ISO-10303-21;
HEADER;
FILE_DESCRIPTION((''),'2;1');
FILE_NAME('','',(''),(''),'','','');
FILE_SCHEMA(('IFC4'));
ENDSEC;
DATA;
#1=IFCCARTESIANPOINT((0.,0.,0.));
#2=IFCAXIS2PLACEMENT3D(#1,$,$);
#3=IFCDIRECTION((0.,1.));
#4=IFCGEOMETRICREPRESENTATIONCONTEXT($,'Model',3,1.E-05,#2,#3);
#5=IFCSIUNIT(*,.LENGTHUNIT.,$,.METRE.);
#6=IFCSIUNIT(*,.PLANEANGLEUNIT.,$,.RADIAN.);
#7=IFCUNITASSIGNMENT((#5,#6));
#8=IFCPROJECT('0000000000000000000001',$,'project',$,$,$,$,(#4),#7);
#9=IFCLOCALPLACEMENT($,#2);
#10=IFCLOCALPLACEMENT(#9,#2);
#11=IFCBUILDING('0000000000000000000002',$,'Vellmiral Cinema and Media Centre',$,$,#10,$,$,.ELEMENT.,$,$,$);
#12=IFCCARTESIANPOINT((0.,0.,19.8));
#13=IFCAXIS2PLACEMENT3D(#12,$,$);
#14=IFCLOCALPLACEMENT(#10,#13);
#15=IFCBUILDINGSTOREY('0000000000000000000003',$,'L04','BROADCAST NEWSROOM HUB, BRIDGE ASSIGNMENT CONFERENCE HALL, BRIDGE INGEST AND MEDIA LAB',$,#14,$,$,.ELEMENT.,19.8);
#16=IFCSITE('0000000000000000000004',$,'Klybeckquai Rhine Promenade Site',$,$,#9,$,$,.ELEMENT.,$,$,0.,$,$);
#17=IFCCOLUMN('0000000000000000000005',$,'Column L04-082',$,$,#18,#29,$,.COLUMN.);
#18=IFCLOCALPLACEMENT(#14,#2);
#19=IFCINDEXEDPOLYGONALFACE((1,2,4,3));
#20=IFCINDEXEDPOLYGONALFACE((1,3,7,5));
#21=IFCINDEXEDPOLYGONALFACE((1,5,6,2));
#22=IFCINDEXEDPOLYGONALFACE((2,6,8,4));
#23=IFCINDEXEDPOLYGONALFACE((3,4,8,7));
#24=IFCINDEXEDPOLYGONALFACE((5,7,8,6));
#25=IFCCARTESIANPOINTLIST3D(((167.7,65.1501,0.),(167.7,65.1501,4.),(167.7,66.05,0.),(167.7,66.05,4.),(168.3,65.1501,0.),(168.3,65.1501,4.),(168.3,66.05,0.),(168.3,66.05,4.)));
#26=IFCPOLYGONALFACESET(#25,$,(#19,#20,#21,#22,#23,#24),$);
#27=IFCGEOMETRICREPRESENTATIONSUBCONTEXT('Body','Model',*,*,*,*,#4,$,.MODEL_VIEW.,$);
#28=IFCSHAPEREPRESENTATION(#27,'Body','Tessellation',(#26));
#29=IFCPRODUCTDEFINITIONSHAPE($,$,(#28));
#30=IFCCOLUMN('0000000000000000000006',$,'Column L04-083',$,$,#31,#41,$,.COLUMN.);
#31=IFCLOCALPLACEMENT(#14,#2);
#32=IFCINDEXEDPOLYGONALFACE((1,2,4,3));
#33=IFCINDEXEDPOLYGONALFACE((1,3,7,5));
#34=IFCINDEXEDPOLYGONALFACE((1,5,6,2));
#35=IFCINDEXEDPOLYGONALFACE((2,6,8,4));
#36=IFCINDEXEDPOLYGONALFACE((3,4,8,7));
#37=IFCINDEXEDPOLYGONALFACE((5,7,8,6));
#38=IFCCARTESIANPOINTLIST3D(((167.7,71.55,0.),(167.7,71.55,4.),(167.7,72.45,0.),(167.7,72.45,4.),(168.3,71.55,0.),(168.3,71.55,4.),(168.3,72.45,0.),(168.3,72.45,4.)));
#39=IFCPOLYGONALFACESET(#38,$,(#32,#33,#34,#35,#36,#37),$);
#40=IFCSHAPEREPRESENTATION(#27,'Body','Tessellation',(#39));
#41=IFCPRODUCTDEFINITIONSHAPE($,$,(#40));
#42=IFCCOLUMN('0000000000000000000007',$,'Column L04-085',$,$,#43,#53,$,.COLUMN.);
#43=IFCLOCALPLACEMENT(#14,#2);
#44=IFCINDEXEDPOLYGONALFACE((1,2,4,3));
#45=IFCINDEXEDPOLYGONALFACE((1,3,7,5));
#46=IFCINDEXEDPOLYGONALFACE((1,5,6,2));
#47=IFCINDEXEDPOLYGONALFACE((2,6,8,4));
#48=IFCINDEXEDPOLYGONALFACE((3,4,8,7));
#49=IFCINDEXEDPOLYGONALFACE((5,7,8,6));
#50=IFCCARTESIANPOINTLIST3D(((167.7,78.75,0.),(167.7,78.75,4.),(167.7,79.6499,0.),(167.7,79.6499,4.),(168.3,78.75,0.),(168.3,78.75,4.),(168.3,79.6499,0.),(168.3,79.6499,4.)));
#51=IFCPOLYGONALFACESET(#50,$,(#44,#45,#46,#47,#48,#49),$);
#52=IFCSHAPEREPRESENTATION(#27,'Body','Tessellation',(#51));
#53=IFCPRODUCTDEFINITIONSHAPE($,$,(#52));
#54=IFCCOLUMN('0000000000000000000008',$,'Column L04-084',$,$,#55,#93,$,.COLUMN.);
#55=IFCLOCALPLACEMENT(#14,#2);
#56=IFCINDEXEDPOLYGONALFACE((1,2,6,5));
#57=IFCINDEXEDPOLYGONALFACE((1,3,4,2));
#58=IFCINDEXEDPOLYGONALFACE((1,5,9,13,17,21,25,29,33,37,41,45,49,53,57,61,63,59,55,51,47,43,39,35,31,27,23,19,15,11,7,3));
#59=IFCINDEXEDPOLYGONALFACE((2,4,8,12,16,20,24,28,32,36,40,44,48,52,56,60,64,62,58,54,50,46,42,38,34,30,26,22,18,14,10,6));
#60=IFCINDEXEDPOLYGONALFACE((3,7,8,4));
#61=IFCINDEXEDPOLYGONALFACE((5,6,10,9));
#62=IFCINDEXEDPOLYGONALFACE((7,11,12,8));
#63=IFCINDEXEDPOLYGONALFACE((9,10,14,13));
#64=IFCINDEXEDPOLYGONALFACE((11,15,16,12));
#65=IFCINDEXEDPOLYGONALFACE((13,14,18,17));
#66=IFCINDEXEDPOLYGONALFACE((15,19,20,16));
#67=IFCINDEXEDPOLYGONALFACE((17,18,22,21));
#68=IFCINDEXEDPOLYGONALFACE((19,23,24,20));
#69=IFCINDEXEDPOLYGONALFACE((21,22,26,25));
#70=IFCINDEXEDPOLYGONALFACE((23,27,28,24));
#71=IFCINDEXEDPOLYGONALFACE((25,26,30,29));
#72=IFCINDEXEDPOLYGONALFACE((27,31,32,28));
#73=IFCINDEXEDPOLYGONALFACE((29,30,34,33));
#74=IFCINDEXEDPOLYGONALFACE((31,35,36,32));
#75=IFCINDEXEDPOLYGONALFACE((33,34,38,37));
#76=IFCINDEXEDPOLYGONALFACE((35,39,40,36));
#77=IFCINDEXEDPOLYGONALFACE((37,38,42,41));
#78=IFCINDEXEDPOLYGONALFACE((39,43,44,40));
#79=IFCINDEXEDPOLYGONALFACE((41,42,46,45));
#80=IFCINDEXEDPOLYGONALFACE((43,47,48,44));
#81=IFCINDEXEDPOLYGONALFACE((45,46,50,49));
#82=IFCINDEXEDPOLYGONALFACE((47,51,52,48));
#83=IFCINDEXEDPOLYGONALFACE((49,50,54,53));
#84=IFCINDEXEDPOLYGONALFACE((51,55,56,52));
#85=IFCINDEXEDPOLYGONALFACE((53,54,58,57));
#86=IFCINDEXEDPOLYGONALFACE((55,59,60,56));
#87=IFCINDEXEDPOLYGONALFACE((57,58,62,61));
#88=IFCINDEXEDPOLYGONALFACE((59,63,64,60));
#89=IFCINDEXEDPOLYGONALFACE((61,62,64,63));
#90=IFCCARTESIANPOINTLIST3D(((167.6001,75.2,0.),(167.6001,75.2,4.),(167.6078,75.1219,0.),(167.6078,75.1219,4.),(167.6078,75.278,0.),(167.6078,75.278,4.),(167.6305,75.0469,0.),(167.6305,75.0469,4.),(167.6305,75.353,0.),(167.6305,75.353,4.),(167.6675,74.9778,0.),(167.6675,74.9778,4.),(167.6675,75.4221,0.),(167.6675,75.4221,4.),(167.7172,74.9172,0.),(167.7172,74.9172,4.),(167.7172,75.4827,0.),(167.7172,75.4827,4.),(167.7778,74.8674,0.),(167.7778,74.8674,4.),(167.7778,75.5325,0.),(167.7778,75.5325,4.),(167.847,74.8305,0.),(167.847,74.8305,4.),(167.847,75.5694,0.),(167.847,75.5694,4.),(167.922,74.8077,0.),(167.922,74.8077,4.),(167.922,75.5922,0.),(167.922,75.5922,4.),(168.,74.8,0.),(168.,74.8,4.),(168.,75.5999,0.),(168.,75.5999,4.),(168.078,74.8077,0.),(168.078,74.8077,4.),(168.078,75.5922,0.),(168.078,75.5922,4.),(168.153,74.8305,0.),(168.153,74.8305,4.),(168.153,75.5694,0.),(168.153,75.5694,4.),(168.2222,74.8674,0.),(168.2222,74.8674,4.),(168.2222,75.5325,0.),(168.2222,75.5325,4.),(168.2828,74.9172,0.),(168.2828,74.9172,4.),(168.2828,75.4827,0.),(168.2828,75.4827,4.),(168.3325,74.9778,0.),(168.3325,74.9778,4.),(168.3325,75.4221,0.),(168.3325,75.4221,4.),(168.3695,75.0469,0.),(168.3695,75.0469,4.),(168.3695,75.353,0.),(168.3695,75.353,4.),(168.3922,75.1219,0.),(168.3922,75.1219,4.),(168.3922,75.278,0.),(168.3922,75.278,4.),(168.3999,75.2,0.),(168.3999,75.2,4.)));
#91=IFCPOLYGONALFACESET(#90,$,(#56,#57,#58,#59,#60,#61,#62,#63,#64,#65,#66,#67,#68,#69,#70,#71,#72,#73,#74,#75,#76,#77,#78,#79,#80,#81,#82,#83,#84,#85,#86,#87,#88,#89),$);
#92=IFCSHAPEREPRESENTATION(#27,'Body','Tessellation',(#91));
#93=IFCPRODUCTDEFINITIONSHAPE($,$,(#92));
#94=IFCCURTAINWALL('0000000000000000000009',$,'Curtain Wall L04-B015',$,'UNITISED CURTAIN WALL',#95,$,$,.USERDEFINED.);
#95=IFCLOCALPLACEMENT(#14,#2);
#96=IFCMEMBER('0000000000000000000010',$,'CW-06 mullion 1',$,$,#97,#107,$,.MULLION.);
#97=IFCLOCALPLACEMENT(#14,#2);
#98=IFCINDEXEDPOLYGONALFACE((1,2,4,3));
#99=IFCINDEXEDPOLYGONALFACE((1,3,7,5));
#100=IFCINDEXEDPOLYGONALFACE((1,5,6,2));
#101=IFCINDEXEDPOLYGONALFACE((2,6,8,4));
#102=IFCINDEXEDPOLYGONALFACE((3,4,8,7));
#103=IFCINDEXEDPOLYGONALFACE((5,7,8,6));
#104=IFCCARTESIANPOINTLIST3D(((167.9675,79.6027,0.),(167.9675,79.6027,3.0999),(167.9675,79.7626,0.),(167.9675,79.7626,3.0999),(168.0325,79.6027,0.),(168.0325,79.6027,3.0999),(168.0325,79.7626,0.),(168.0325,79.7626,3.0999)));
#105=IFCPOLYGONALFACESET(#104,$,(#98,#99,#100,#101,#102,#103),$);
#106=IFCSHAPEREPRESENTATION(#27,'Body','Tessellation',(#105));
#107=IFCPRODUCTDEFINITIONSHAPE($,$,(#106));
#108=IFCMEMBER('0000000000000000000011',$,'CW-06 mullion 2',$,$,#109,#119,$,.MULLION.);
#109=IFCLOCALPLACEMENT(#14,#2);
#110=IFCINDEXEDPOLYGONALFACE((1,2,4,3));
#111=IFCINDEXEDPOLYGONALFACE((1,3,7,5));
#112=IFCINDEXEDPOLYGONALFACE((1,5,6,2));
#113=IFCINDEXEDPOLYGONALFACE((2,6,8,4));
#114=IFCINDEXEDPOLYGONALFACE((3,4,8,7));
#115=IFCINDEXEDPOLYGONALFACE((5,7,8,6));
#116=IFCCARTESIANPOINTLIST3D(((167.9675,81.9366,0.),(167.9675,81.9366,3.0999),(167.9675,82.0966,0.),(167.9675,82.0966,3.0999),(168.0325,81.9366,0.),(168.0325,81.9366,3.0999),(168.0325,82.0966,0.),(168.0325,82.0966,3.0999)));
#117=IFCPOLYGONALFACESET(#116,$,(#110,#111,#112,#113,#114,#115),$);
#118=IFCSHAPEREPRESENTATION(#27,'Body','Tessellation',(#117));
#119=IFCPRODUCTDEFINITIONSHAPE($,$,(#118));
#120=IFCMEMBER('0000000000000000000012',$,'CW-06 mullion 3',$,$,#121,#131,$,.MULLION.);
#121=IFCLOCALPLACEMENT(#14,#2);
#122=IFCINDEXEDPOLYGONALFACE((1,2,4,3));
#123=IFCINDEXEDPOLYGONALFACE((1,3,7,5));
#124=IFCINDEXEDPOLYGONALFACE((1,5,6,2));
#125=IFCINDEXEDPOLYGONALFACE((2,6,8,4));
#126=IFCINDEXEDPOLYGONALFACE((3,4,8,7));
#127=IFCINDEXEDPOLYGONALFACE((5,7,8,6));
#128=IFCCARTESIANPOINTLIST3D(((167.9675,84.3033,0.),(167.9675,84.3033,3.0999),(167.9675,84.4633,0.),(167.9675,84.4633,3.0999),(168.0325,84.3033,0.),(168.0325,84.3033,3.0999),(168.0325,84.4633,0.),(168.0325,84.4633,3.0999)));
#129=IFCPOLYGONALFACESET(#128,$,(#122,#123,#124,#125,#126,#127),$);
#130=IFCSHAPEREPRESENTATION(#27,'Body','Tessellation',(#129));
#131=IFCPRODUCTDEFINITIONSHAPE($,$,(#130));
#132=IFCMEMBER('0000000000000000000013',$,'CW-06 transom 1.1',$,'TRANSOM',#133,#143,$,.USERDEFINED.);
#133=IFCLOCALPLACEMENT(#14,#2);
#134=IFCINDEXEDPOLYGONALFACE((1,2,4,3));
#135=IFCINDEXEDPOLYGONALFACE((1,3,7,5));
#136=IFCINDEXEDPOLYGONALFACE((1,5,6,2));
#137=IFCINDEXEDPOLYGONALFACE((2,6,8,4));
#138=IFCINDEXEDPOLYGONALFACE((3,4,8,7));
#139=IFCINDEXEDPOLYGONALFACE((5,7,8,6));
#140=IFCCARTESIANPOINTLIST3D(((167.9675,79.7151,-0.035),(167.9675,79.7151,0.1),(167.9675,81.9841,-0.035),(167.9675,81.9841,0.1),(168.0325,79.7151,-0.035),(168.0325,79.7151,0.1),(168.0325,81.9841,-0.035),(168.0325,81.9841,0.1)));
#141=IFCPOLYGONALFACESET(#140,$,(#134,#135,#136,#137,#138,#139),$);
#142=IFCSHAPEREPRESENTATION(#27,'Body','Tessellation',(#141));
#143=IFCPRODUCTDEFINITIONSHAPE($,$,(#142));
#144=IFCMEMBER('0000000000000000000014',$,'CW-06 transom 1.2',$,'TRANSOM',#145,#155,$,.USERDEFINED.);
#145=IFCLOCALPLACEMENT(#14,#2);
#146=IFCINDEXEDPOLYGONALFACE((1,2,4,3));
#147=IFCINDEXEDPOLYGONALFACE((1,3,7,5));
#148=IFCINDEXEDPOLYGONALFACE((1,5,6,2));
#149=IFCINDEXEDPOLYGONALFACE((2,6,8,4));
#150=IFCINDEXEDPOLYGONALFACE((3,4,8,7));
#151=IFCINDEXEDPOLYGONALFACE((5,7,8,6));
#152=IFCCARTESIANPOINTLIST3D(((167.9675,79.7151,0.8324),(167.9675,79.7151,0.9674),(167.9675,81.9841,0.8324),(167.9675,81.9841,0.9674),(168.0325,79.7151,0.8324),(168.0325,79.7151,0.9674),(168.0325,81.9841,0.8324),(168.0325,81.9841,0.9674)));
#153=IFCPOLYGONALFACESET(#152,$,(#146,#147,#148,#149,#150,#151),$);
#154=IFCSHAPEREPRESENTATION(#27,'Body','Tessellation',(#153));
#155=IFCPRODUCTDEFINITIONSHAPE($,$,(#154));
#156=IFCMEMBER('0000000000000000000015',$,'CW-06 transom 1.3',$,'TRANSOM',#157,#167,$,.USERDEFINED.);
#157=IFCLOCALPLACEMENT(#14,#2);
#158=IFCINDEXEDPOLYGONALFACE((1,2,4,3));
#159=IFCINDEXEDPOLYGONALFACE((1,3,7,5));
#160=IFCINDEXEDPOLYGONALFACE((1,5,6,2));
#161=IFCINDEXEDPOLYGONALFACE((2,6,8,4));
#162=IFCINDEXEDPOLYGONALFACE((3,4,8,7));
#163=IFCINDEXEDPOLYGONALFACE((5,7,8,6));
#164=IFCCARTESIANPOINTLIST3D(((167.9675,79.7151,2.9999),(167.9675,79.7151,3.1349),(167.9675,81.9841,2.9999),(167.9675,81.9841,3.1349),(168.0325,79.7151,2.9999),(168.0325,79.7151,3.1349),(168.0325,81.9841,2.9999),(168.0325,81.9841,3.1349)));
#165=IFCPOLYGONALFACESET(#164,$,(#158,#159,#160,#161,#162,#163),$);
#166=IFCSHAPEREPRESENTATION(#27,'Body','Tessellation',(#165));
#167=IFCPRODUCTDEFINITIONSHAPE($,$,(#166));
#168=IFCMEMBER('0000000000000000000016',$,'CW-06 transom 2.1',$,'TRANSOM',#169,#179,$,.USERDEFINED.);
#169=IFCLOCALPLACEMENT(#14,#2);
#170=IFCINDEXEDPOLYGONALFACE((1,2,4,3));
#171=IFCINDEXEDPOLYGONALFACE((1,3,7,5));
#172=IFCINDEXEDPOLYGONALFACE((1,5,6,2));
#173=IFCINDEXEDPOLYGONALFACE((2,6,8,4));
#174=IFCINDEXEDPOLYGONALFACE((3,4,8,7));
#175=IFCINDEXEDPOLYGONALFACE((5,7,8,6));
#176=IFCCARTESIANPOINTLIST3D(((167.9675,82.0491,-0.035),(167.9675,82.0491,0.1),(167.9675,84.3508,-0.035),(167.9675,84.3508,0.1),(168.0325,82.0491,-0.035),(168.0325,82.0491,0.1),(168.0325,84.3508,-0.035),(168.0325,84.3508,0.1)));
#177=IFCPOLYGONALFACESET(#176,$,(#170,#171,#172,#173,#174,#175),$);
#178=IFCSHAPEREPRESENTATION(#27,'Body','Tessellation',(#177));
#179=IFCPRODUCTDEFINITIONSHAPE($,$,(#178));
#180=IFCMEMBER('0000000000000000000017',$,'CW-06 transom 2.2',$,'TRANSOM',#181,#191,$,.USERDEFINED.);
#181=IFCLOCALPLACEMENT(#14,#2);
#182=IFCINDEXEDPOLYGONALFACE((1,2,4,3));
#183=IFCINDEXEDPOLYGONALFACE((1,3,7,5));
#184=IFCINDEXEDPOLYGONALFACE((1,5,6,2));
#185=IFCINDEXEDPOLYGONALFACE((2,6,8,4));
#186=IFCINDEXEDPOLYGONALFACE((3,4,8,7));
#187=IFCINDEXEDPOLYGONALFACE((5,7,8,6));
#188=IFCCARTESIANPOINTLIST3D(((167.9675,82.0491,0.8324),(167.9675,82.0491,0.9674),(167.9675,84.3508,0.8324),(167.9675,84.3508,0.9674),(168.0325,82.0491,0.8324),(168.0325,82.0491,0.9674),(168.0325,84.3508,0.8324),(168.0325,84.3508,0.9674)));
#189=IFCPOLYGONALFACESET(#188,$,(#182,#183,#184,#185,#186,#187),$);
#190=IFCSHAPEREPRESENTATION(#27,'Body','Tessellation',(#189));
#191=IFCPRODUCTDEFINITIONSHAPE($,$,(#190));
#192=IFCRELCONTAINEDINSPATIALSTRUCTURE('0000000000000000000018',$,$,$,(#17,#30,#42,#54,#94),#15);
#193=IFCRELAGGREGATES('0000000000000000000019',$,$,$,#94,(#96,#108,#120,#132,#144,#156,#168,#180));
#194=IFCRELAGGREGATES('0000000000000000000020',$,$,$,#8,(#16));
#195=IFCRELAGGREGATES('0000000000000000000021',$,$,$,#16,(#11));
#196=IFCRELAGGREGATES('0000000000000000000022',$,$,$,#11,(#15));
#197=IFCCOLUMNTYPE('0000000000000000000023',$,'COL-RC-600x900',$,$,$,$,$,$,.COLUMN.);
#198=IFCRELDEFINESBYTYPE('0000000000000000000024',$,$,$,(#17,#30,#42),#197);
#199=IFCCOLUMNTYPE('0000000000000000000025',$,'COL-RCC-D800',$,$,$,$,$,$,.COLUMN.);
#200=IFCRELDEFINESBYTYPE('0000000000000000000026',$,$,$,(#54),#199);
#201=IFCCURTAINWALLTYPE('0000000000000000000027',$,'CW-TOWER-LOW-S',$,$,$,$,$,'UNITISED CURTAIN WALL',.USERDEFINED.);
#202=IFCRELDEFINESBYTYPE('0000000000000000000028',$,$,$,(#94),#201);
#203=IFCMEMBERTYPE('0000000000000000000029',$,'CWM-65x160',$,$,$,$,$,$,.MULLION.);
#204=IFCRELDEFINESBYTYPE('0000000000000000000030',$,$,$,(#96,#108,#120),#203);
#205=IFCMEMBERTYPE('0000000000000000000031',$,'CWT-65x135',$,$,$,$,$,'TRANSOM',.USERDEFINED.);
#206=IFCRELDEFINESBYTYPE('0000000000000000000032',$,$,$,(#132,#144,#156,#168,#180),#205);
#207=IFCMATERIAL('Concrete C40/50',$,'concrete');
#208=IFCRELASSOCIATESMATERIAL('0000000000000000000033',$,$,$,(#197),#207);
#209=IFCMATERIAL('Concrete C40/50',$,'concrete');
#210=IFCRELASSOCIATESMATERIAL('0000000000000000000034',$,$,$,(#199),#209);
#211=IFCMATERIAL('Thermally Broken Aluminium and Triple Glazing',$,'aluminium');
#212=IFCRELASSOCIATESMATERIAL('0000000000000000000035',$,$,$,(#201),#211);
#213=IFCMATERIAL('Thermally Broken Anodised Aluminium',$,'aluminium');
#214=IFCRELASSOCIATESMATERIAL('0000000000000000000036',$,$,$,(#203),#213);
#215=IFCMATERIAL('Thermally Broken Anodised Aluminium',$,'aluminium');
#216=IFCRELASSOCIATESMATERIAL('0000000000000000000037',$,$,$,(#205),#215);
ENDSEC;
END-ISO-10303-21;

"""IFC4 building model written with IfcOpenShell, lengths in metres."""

from ifc_helpers import new_model, si_unit, direction, frame, origin, origin_2d, place, context, subcontext, project, spatial, rectangle, circle, extrude, material, material_profile, profile_set, type_object, element, aggregate, save


model = new_model("IFC4")

# Units and contexts
model_context = context("Model", 3, precision=1e-05, world=origin(), true_north=direction((0.0, 1.0)))
body_context = subcontext(model_context, "Body", "Model", "MODEL_VIEW")
ifc_project = project(units=[si_unit("LENGTHUNIT", "METRE"), si_unit("PLANEANGLEUNIT", "RADIAN")], contexts=[model_context])

# Site, building, storey
site_placement = place(None, origin())
site = spatial("IfcSite", under=ifc_project, at=site_placement, Name="Klybeckquai Rhine Promenade Site", CompositionType="ELEMENT", RefElevation=0.0)
building_placement = place(site_placement, origin())
building = spatial("IfcBuilding", under=site, at=building_placement, Name="Vellmiral Cinema and Media Centre", CompositionType="ELEMENT")
storey_placement = place(building_placement, frame((0.0, 0.0, 19.8)))
storey = spatial("IfcBuildingStorey", under=building, at=storey_placement, Name="L04", Description="BROADCAST NEWSROOM HUB, BRIDGE ASSIGNMENT CONFERENCE HALL, BRIDGE INGEST AND MEDIA LAB", CompositionType="ELEMENT", Elevation=19.8)

# Columns
ifc_material_1 = material(Name="Concrete C40/50", Category="concrete")
ifc_material_profile_1 = material_profile(ifc_material_1, rectangle(XDim=0.6001, YDim=0.8999, at=origin_2d()), Name="RC 600x900")
ifc_profile_set_1 = profile_set([ifc_material_profile_1], Name="Concrete C40/50")
column_type_1 = type_object("IfcColumnType", Name="COL-RC-600x900", PredefinedType="COLUMN", material=ifc_profile_set_1)
for number, where, z_axis, x_axis, name in (
    (1, (168.0, 65.6001, 0.0), (0.0, 0.0, 1.0), (1.0, 0.0, 0.0), "Column L04-082"),
    (2, (168.0, 72.0, 0.0), (0.0, 0.0, 1.0), (1.0, 0.0, 0.0), "Column L04-083"),
    (3, (168.0, 79.2, 0.0), (0.0, 0.0, 1.0), (1.0, 0.0, 0.0), "Column L04-085"),
):
    element("IfcColumn", number, at=place(storey_placement, frame(where, z_axis=z_axis, x_axis=x_axis)), inside=storey, type_object=column_type_1, Name=name, PredefinedType="COLUMN", context=body_context, shape_type="SweptSolid", body=[
        extrude(rectangle(XDim=0.6001, YDim=0.8999, at=origin_2d()), origin(), (0.0, 0.0, 1.0), 4.0),
    ])
ifc_material_2 = material(Name="Concrete C40/50", Category="concrete")
ifc_material_profile_2 = material_profile(ifc_material_2, circle(Radius=0.3999, at=origin_2d()), Name="RC D800")
ifc_profile_set_2 = profile_set([ifc_material_profile_2], Name="Concrete C40/50")
column_type_2 = type_object("IfcColumnType", Name="COL-RCC-D800", PredefinedType="COLUMN", material=ifc_profile_set_2)
column_placement = place(storey_placement, frame((168.0, 75.2, 0.0), z_axis=(0.0, 0.0, 1.0), x_axis=(1.0, 0.0, 0.0)))
element("IfcColumn", 4, at=column_placement, inside=storey, type_object=column_type_2, Name="Column L04-084", PredefinedType="COLUMN", context=body_context, shape_type="SweptSolid", body=[
    extrude(circle(Radius=0.3999, at=origin_2d()), origin(), (0.0, 0.0, 1.0), 4.0),
])

# Curtain wall, members
ifc_material_3 = material(Name="Thermally Broken Aluminium and Triple Glazing", Category="aluminium")
curtain_wall_type = type_object("IfcCurtainWallType", Name="CW-TOWER-LOW-S", ElementType="UNITISED CURTAIN WALL", PredefinedType="USERDEFINED", material=ifc_material_3)
curtain_wall_placement = place(storey_placement, origin())
curtain_wall = element("IfcCurtainWall", 5, at=curtain_wall_placement, inside=storey, type_object=curtain_wall_type, Name="Curtain Wall L04-B015", ObjectType="UNITISED CURTAIN WALL", PredefinedType="USERDEFINED")
ifc_material_4 = material(Name="Thermally Broken Anodised Aluminium", Category="aluminium")
ifc_material_profile_3 = material_profile(ifc_material_4, rectangle(XDim=0.0649, YDim=0.1599, at=origin_2d()), Name="MULL 65x160")
ifc_profile_set_3 = profile_set([ifc_material_profile_3], Name="Thermally Broken Anodised Aluminium")
member_type_1 = type_object("IfcMemberType", Name="CWM-65x160", PredefinedType="MULLION", material=ifc_profile_set_3)
member_1_placement = place(storey_placement, frame((168.0, 79.6826, 0.0), z_axis=(0.0, 0.0, 1.0), x_axis=(-1.0, 0.0, 0.0)))
member_1 = element("IfcMember", 6, at=member_1_placement, type_object=member_type_1, Name="CW-06 mullion 1", PredefinedType="MULLION", context=body_context, shape_type="SweptSolid", body=[
    extrude(rectangle(XDim=0.0649, YDim=0.1599, at=origin_2d()), origin(), (0.0, 0.0, 1.0), 3.0999),
])
member_2_placement = place(storey_placement, frame((168.0, 82.0166, 0.0), z_axis=(0.0, 0.0, 1.0), x_axis=(-1.0, 0.0, 0.0)))
member_2 = element("IfcMember", 7, at=member_2_placement, type_object=member_type_1, Name="CW-06 mullion 2", PredefinedType="MULLION", context=body_context, shape_type="SweptSolid", body=[
    extrude(rectangle(XDim=0.0649, YDim=0.1599, at=origin_2d()), origin(), (0.0, 0.0, 1.0), 3.0999),
])
member_3_placement = place(storey_placement, frame((168.0, 84.3833, 0.0), z_axis=(0.0, 0.0, 1.0), x_axis=(-1.0, 0.0, 0.0)))
member_3 = element("IfcMember", 8, at=member_3_placement, type_object=member_type_1, Name="CW-06 mullion 3", PredefinedType="MULLION", context=body_context, shape_type="SweptSolid", body=[
    extrude(rectangle(XDim=0.0649, YDim=0.1599, at=origin_2d()), origin(), (0.0, 0.0, 1.0), 3.0999),
])
ifc_material_5 = material(Name="Thermally Broken Anodised Aluminium", Category="aluminium")
ifc_material_profile_4 = material_profile(ifc_material_5, rectangle(XDim=0.0649, YDim=0.135, at=origin_2d()), Name="MULL 65x135")
ifc_profile_set_4 = profile_set([ifc_material_profile_4], Name="Thermally Broken Anodised Aluminium")
member_type_2 = type_object("IfcMemberType", Name="CWT-65x135", ElementType="TRANSOM", PredefinedType="USERDEFINED", material=ifc_profile_set_4)
member_4_placement = place(storey_placement, frame((168.0, 79.7151, 0.0325), z_axis=(0.0, 1.0, 0.0), x_axis=(-1.0, 0.0, 0.0)))
member_4 = element("IfcMember", 9, at=member_4_placement, type_object=member_type_2, Name="CW-06 transom 1.1", ObjectType="TRANSOM", PredefinedType="USERDEFINED", context=body_context, shape_type="SweptSolid", body=[
    extrude(rectangle(XDim=0.0649, YDim=0.135, at=origin_2d()), origin(), (0.0, 0.0, 1.0), 2.269),
])
member_5_placement = place(storey_placement, frame((168.0, 79.7151, 0.8999), z_axis=(0.0, 1.0, 0.0), x_axis=(-1.0, 0.0, 0.0)))
member_5 = element("IfcMember", 10, at=member_5_placement, type_object=member_type_2, Name="CW-06 transom 1.2", ObjectType="TRANSOM", PredefinedType="USERDEFINED", context=body_context, shape_type="SweptSolid", body=[
    extrude(rectangle(XDim=0.0649, YDim=0.135, at=origin_2d()), origin(), (0.0, 0.0, 1.0), 2.269),
])
member_6_placement = place(storey_placement, frame((168.0, 79.7151, 3.0674), z_axis=(0.0, 1.0, 0.0), x_axis=(-1.0, 0.0, 0.0)))
member_6 = element("IfcMember", 11, at=member_6_placement, type_object=member_type_2, Name="CW-06 transom 1.3", ObjectType="TRANSOM", PredefinedType="USERDEFINED", context=body_context, shape_type="SweptSolid", body=[
    extrude(rectangle(XDim=0.0649, YDim=0.135, at=origin_2d()), origin(), (0.0, 0.0, 1.0), 2.269),
])
member_7_placement = place(storey_placement, frame((168.0, 82.0491, 0.0325), z_axis=(0.0, 1.0, 0.0), x_axis=(-1.0, 0.0, 0.0)))
member_7 = element("IfcMember", 12, at=member_7_placement, type_object=member_type_2, Name="CW-06 transom 2.1", ObjectType="TRANSOM", PredefinedType="USERDEFINED", context=body_context, shape_type="SweptSolid", body=[
    extrude(rectangle(XDim=0.0649, YDim=0.135, at=origin_2d()), origin(), (0.0, 0.0, 1.0), 2.3018),
])
member_8_placement = place(storey_placement, frame((168.0, 82.0491, 0.8999), z_axis=(0.0, 1.0, 0.0), x_axis=(-1.0, 0.0, 0.0)))
member_8 = element("IfcMember", 13, at=member_8_placement, type_object=member_type_2, Name="CW-06 transom 2.2", ObjectType="TRANSOM", PredefinedType="USERDEFINED", context=body_context, shape_type="SweptSolid", body=[
    extrude(rectangle(XDim=0.0649, YDim=0.135, at=origin_2d()), origin(), (0.0, 0.0, 1.0), 2.3018),
])

aggregate(curtain_wall, [member_1, member_2, member_3, member_4, member_5, member_6, member_7, member_8])

save(model, "model.ifc")
